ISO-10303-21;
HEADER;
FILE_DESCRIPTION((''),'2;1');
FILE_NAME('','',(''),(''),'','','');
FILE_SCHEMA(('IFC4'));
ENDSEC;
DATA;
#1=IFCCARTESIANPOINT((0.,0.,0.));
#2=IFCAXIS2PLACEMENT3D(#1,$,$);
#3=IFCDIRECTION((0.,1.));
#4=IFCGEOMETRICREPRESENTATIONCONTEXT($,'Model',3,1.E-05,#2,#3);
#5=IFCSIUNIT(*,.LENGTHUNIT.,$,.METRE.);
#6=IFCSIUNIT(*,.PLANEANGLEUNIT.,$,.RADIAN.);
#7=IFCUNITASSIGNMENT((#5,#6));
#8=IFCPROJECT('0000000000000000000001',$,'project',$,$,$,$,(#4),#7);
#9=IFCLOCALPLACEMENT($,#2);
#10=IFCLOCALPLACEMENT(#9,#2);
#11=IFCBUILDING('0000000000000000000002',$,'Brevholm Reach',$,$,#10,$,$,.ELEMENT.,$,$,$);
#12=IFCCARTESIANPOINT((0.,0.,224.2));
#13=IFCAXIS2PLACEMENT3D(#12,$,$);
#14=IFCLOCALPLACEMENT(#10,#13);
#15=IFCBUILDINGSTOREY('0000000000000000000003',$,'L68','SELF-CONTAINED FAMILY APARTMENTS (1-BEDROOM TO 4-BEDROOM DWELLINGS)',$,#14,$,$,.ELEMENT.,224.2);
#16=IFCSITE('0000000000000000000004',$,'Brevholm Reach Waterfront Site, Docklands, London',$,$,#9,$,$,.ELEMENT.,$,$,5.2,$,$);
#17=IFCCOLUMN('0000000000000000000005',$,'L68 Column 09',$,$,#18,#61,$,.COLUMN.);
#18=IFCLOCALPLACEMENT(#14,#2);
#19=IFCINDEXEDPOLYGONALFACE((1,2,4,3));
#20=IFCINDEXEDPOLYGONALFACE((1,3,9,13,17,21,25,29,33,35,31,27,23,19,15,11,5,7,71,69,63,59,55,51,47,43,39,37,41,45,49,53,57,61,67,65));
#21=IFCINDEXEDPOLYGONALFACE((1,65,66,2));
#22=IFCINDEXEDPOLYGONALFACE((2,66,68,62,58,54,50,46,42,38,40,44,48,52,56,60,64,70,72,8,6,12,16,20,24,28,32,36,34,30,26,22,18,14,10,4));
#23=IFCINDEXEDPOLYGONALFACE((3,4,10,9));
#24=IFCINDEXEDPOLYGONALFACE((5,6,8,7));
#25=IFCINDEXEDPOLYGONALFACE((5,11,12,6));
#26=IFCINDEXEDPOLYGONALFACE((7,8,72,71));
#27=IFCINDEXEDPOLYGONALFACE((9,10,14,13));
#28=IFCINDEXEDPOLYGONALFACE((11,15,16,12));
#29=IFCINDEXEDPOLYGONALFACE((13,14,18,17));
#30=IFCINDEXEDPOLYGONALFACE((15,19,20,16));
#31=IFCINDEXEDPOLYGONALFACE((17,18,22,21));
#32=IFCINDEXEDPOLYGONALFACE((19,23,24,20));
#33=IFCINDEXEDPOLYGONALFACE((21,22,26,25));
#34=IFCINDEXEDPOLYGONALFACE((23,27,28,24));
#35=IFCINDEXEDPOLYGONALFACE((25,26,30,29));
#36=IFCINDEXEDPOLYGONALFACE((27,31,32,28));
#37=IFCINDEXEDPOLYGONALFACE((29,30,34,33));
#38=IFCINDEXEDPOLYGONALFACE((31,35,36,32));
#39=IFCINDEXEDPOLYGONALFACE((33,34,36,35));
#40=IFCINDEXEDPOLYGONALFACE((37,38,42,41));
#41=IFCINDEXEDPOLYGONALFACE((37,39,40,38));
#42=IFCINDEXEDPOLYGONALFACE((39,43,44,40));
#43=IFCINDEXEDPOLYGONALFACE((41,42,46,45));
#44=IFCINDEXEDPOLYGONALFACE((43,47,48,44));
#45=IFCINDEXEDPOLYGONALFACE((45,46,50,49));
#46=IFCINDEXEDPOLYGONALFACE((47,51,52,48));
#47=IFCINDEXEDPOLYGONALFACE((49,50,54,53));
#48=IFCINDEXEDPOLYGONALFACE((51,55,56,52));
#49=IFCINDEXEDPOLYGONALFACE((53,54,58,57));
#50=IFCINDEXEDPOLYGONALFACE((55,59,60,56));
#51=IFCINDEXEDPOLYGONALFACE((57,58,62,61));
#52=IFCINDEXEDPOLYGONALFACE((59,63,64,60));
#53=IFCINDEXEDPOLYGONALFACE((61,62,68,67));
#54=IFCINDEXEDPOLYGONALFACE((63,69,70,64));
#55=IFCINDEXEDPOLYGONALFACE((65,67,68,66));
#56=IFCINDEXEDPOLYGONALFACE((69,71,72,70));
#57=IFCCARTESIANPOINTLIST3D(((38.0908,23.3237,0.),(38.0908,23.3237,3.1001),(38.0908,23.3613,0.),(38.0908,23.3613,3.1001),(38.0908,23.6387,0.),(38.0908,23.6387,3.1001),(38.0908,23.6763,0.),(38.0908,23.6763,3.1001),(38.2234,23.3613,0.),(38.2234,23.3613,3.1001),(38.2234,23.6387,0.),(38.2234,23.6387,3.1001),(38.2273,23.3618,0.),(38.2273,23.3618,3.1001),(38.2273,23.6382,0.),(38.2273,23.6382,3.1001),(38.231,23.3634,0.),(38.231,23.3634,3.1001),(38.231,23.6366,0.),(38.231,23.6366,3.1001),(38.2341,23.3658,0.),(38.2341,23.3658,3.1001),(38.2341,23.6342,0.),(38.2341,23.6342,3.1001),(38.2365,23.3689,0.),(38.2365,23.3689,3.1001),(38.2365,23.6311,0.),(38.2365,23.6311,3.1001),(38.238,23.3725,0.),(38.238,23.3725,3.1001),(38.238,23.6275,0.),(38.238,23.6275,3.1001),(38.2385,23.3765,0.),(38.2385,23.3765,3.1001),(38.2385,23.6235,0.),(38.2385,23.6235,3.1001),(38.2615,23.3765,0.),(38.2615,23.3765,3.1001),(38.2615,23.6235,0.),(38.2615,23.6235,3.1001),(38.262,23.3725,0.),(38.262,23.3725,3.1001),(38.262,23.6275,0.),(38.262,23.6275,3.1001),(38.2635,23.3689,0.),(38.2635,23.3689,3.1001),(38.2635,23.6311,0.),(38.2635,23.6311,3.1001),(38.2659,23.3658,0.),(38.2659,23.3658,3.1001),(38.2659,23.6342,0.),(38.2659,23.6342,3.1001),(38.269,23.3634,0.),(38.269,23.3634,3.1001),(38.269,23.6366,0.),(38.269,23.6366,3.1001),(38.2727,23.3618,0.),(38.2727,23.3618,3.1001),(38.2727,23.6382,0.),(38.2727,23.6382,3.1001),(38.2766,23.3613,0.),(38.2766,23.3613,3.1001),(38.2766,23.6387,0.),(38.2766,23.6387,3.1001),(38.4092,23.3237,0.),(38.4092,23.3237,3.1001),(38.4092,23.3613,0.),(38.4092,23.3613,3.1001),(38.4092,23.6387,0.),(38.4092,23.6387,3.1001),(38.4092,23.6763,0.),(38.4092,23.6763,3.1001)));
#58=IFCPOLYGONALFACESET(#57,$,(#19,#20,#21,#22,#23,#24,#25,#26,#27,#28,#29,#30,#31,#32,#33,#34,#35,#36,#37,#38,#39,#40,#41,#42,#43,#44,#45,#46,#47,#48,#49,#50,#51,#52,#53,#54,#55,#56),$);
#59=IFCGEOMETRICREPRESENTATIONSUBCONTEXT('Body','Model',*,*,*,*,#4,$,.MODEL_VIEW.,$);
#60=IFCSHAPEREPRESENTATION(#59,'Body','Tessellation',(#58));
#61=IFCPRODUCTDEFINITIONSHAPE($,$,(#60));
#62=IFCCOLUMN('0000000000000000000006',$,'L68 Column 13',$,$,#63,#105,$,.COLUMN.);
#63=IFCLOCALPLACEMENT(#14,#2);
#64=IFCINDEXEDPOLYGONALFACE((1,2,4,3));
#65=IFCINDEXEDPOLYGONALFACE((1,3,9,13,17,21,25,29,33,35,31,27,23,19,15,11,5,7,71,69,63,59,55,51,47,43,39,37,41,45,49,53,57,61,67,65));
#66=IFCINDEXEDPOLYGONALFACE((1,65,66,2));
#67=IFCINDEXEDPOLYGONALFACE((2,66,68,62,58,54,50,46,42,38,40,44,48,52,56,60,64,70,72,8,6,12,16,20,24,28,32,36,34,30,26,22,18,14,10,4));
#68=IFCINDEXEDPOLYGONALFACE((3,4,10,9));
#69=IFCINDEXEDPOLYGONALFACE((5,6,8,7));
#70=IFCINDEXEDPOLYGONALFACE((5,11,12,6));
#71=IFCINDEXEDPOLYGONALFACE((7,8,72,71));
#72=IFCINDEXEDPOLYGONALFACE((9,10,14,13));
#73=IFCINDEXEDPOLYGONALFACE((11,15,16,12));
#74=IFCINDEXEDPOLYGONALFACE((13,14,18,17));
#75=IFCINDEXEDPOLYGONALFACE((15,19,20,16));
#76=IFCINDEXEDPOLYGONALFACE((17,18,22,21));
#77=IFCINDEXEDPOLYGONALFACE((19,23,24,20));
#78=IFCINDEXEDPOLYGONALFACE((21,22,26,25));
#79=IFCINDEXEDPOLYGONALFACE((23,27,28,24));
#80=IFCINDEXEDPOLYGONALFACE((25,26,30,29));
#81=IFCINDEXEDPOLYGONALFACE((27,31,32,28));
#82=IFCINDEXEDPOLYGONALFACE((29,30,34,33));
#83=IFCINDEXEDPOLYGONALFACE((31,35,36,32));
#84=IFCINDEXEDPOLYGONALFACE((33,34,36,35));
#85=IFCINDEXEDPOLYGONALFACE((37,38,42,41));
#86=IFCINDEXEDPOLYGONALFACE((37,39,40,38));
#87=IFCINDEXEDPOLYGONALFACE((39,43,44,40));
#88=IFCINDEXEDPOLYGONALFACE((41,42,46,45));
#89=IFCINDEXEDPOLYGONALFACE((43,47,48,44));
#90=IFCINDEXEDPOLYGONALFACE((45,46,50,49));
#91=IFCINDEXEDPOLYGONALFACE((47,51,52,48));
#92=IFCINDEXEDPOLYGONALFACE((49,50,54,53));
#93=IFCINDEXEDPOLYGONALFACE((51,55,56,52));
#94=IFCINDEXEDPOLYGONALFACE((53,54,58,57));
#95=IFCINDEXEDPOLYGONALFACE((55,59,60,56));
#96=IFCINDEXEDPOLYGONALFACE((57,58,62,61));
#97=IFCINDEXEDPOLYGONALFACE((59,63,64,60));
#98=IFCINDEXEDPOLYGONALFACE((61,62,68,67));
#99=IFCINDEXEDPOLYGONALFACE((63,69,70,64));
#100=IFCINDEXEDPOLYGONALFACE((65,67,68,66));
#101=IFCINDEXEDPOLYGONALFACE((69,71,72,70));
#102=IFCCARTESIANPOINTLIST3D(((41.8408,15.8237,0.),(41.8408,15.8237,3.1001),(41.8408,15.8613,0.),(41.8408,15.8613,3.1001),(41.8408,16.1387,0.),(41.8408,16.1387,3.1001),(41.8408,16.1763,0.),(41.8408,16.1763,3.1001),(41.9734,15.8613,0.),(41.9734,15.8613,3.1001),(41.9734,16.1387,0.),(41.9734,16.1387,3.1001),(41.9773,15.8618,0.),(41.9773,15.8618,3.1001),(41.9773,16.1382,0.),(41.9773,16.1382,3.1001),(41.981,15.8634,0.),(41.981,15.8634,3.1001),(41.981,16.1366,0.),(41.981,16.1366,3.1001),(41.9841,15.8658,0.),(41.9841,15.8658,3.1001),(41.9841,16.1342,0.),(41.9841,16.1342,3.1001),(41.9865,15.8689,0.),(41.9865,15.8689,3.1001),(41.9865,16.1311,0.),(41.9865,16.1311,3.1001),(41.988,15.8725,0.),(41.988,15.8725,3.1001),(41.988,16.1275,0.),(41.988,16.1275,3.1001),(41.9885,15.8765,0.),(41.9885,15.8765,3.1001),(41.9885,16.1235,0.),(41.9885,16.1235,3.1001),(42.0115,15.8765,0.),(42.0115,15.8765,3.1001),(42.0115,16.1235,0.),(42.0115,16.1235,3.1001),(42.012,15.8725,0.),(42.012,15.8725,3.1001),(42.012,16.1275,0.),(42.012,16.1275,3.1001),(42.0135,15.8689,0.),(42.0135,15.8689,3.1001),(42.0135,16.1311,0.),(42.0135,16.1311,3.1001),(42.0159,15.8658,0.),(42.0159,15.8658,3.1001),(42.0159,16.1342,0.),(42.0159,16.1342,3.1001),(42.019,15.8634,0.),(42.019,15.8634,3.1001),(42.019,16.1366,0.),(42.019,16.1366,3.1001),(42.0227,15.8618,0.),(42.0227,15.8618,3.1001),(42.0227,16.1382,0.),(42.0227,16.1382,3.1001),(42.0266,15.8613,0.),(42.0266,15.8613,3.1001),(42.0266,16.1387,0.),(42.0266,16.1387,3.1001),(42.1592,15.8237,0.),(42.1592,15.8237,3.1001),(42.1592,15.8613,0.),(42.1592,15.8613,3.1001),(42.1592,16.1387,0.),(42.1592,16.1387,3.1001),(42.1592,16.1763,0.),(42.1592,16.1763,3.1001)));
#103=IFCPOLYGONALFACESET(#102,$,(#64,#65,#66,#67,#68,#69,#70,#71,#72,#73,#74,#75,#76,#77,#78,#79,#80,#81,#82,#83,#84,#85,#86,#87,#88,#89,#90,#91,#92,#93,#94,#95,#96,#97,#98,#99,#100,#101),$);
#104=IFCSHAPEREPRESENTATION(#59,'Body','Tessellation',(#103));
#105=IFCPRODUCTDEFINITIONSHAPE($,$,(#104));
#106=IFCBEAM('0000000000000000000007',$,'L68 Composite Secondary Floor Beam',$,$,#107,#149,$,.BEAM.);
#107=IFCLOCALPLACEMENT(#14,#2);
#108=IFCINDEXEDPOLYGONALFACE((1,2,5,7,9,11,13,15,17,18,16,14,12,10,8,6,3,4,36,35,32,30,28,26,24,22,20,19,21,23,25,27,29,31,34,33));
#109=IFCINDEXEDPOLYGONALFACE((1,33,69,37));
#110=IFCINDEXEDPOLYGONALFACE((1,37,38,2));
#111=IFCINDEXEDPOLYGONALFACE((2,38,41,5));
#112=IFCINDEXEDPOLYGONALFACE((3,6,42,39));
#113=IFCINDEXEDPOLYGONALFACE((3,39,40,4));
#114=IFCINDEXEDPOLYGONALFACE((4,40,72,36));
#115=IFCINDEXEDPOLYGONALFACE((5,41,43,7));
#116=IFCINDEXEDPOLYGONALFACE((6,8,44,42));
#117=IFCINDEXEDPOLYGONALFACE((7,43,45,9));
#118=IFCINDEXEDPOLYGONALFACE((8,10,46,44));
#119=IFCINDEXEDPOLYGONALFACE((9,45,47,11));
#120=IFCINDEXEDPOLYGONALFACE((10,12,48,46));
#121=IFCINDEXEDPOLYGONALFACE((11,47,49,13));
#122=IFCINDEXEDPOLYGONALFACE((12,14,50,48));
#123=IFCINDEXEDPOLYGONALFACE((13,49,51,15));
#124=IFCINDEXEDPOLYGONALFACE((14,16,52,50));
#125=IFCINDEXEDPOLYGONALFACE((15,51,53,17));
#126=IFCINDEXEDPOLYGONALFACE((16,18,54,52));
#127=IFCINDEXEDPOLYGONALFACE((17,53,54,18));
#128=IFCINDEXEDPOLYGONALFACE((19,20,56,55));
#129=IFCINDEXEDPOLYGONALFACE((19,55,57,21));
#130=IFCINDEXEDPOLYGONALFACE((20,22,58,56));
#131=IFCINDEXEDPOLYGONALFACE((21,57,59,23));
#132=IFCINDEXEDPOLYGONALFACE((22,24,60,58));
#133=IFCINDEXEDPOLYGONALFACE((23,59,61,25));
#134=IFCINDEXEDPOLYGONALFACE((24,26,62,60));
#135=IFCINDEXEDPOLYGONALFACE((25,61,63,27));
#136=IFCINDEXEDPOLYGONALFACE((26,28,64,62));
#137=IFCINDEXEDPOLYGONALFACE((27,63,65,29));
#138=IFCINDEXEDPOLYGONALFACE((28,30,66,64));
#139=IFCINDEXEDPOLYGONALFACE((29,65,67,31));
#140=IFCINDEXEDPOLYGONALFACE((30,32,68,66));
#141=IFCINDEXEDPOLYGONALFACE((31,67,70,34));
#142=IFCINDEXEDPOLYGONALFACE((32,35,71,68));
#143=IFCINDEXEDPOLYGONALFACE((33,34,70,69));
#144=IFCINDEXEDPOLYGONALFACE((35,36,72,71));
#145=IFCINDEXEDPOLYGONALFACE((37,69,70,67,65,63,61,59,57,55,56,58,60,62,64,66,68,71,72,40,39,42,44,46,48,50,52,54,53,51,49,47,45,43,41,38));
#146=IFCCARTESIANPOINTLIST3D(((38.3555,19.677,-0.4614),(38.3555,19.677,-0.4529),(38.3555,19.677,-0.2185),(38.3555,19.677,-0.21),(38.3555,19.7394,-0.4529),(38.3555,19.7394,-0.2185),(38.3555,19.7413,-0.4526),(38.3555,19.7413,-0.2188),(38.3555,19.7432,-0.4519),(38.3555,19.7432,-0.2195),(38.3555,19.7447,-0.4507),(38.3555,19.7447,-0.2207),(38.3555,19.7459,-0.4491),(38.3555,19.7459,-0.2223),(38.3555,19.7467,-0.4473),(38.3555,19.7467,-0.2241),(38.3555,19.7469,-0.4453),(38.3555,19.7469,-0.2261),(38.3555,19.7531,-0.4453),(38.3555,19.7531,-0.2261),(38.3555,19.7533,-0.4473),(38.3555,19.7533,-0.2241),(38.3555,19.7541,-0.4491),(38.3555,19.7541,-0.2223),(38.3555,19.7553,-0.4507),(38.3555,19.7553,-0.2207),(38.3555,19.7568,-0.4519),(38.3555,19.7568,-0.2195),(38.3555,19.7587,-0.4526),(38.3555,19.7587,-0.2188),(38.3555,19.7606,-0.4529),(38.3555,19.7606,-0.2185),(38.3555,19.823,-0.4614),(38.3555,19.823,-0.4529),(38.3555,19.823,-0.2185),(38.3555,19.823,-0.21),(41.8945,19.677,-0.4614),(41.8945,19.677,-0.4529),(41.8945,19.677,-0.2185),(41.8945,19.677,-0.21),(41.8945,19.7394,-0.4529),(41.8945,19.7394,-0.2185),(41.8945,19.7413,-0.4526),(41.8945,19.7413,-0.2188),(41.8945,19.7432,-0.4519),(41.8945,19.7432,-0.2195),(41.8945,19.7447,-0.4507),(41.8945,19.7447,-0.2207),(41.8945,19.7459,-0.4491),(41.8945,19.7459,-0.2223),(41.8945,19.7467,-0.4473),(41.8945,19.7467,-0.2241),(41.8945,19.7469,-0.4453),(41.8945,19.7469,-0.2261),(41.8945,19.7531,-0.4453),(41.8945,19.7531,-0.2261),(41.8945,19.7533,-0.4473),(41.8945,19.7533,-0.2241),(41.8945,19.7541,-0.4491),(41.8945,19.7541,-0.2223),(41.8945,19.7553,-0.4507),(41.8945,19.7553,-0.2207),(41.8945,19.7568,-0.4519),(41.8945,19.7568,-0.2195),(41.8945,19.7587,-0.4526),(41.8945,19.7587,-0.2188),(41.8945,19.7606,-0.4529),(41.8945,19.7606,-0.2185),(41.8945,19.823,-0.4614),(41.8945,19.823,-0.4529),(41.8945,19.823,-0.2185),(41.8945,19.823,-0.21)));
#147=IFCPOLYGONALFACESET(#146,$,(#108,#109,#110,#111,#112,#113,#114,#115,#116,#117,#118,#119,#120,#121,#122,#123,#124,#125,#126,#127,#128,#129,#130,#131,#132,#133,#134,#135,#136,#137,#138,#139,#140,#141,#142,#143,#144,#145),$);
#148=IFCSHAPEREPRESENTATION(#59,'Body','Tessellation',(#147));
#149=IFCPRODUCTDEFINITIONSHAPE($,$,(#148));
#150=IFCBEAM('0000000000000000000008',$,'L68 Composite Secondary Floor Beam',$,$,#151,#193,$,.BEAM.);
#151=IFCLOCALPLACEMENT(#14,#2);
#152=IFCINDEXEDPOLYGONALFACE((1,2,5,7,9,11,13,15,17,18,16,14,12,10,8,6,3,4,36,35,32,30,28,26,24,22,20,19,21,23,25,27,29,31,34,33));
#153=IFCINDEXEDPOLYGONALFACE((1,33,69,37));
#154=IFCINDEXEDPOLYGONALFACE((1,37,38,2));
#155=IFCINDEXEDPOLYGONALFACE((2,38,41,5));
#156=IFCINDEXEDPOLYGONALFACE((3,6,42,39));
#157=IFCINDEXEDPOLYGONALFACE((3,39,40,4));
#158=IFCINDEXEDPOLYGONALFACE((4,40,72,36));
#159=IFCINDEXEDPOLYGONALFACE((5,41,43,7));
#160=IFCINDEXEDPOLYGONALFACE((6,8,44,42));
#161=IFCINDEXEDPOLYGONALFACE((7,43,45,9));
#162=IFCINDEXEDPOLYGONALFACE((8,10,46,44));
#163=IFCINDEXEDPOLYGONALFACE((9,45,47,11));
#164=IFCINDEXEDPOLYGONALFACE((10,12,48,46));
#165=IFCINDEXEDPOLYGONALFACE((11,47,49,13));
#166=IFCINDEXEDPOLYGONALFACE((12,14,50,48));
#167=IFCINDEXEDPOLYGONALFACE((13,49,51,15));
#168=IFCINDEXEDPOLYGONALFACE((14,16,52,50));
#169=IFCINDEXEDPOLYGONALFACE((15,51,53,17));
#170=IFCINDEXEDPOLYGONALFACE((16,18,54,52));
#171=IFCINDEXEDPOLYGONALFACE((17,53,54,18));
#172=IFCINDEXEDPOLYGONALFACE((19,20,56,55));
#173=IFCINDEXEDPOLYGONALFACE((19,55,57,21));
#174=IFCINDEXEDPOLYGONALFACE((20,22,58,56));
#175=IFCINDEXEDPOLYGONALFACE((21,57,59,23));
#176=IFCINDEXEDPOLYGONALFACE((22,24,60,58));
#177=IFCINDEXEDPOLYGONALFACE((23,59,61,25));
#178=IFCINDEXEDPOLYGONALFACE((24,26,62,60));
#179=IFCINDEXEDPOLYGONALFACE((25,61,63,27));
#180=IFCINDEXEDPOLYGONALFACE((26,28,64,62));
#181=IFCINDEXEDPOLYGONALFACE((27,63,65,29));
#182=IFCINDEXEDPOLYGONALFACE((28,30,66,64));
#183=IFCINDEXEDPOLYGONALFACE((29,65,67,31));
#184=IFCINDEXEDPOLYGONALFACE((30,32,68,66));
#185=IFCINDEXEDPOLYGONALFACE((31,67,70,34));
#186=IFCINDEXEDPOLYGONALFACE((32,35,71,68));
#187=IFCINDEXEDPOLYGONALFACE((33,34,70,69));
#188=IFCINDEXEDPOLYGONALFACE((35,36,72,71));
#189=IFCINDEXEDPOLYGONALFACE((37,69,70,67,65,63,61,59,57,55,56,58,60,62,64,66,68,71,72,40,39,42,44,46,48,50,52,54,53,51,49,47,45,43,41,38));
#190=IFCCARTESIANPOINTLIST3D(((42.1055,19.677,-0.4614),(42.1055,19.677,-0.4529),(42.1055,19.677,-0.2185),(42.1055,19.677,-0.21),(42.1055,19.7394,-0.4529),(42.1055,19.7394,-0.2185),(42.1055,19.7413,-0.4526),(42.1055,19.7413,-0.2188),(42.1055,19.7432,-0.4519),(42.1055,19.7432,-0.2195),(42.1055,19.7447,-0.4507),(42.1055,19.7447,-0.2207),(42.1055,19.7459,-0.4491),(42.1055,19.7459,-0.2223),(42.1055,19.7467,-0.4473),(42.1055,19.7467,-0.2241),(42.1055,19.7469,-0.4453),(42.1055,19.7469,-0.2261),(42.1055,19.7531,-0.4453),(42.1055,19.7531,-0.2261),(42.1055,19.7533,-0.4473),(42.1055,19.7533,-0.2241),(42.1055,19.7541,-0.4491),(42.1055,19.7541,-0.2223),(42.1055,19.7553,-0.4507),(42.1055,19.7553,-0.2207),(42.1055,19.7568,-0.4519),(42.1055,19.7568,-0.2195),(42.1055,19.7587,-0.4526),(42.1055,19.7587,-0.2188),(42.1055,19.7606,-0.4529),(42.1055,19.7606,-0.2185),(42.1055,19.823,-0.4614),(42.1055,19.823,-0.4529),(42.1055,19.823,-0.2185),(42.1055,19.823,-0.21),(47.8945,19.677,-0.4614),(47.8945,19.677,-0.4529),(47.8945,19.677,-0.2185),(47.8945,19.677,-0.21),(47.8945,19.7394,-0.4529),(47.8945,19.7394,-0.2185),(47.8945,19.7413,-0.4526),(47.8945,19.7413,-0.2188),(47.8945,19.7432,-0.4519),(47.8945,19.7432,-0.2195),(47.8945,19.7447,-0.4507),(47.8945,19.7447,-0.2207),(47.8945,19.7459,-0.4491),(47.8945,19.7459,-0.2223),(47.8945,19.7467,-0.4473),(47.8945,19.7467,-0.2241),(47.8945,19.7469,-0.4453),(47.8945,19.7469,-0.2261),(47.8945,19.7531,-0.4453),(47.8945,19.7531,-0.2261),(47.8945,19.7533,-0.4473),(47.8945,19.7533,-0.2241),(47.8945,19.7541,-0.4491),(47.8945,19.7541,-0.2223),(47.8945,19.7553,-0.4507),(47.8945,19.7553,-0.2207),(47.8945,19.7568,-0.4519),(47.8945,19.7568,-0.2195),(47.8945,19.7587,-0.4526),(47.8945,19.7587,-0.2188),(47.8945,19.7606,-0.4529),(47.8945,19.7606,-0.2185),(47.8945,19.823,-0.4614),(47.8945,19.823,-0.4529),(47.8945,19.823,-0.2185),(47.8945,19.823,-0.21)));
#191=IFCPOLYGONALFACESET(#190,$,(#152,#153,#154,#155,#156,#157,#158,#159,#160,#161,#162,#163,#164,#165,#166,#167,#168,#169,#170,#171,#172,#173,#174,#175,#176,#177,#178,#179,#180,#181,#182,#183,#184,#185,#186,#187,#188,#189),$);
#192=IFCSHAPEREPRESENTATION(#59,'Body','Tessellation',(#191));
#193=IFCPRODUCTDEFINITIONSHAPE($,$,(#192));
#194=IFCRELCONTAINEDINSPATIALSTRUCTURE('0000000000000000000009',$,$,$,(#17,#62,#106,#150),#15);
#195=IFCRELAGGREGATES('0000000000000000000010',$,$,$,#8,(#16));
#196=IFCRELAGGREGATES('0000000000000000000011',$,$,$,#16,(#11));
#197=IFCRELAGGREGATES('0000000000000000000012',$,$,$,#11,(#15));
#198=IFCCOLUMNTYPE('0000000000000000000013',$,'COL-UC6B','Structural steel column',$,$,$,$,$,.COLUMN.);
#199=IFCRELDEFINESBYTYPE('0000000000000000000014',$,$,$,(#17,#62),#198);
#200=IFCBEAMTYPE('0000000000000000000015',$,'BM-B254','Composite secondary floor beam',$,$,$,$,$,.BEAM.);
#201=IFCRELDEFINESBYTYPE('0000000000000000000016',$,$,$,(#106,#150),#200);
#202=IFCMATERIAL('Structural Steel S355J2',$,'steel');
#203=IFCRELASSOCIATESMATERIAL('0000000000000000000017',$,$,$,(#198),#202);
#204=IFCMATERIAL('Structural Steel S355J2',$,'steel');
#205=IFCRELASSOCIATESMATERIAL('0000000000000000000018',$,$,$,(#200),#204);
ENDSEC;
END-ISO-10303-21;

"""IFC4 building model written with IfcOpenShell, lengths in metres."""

from ifc_helpers import new_model, si_unit, direction, frame, origin, origin_2d, place, context, subcontext, project, spatial, i_section, extrude, material, material_profile, profile_set, type_object, element, save


model = new_model("IFC4")

# Units and contexts
model_context = context("Model", 3, precision=1e-05, world=origin(), true_north=direction((0.0, 1.0)))
body_context = subcontext(model_context, "Body", "Model", "MODEL_VIEW")
ifc_project = project(units=[si_unit("LENGTHUNIT", "METRE"), si_unit("PLANEANGLEUNIT", "RADIAN")], contexts=[model_context])

# Site, building, storey
site_placement = place(None, origin())
site = spatial("IfcSite", under=ifc_project, at=site_placement, Name="Brevholm Reach Waterfront Site, Docklands, London", CompositionType="ELEMENT", RefElevation=5.2)
building_placement = place(site_placement, origin())
building = spatial("IfcBuilding", under=site, at=building_placement, Name="Brevholm Reach", CompositionType="ELEMENT")
storey_placement = place(building_placement, frame((0.0, 0.0, 224.2)))
storey = spatial("IfcBuildingStorey", under=building, at=storey_placement, Name="L68", Description="SELF-CONTAINED FAMILY APARTMENTS (1-BEDROOM TO 4-BEDROOM DWELLINGS)", CompositionType="ELEMENT", Elevation=224.2)

# Columns
ifc_material_1 = material(Name="Structural Steel S355J2", Category="steel")
ifc_material_profile_1 = material_profile(ifc_material_1, i_section(OverallWidth=0.3184, OverallDepth=0.3525, WebThickness=0.0229, FlangeThickness=0.0376, FilletRadius=0.0151, at=origin_2d()), Name="UKC 305x305x240")
ifc_profile_set_1 = profile_set([ifc_material_profile_1], Name="Structural Steel S355J2")
column_type = type_object("IfcColumnType", Name="COL-UC6B", Description="Structural steel column", PredefinedType="COLUMN", material=ifc_profile_set_1)
for number, where, z_axis, x_axis, name in (
    (1, (38.25, 23.5, 0.0), (0.0, 0.0, 1.0), (1.0, 0.0, 0.0), "L68 Column 09"),
    (2, (42.0, 16.0, 0.0), (0.0, 0.0, 1.0), (1.0, 0.0, 0.0), "L68 Column 13"),
):
    element("IfcColumn", number, at=place(storey_placement, frame(where, z_axis=z_axis, x_axis=x_axis)), inside=storey, type_object=column_type, Name=name, PredefinedType="COLUMN", context=body_context, shape_type="SweptSolid", body=[
        extrude(i_section(OverallWidth=0.3184, OverallDepth=0.3525, WebThickness=0.0229, FlangeThickness=0.0376, FilletRadius=0.0151, at=origin_2d()), origin(), (0.0, 0.0, 1.0), 3.1001),
    ])

# Beams
ifc_material_2 = material(Name="Structural Steel S355J2", Category="steel")
ifc_material_profile_2 = material_profile(ifc_material_2, i_section(OverallWidth=0.146, OverallDepth=0.2515, WebThickness=0.0061, FlangeThickness=0.0085, FilletRadius=0.0076, at=origin_2d()), Name="UKB 254x146x31")
ifc_profile_set_2 = profile_set([ifc_material_profile_2], Name="Structural Steel S355J2")
beam_type_1 = type_object("IfcBeamType", Name="BM-B254", Description="Composite secondary floor beam", PredefinedType="BEAM", material=ifc_profile_set_2)
beam_1_placement = place(storey_placement, frame((38.3555, 19.75, -0.3357), z_axis=(1.0, 0.0, 0.0), x_axis=(0.0, 1.0, 0.0)))
element("IfcBeam", 3, at=beam_1_placement, inside=storey, type_object=beam_type_1, Name="L68 Composite Secondary Floor Beam", PredefinedType="BEAM", context=body_context, shape_type="SweptSolid", body=[
    extrude(i_section(OverallWidth=0.146, OverallDepth=0.2515, WebThickness=0.0061, FlangeThickness=0.0085, FilletRadius=0.0076, at=origin_2d()), origin(), (0.0, 0.0, 1.0), 3.5391),
])
beam_2_placement = place(storey_placement, frame((42.1055, 19.75, -0.3357), z_axis=(1.0, 0.0, 0.0), x_axis=(0.0, 1.0, 0.0)))
element("IfcBeam", 4, at=beam_2_placement, inside=storey, type_object=beam_type_1, Name="L68 Composite Secondary Floor Beam", PredefinedType="BEAM", context=body_context, shape_type="SweptSolid", body=[
    extrude(i_section(OverallWidth=0.146, OverallDepth=0.2515, WebThickness=0.0061, FlangeThickness=0.0085, FilletRadius=0.0076, at=origin_2d()), origin(), (0.0, 0.0, 1.0), 5.7891),
])

save(model, "model.ifc")
